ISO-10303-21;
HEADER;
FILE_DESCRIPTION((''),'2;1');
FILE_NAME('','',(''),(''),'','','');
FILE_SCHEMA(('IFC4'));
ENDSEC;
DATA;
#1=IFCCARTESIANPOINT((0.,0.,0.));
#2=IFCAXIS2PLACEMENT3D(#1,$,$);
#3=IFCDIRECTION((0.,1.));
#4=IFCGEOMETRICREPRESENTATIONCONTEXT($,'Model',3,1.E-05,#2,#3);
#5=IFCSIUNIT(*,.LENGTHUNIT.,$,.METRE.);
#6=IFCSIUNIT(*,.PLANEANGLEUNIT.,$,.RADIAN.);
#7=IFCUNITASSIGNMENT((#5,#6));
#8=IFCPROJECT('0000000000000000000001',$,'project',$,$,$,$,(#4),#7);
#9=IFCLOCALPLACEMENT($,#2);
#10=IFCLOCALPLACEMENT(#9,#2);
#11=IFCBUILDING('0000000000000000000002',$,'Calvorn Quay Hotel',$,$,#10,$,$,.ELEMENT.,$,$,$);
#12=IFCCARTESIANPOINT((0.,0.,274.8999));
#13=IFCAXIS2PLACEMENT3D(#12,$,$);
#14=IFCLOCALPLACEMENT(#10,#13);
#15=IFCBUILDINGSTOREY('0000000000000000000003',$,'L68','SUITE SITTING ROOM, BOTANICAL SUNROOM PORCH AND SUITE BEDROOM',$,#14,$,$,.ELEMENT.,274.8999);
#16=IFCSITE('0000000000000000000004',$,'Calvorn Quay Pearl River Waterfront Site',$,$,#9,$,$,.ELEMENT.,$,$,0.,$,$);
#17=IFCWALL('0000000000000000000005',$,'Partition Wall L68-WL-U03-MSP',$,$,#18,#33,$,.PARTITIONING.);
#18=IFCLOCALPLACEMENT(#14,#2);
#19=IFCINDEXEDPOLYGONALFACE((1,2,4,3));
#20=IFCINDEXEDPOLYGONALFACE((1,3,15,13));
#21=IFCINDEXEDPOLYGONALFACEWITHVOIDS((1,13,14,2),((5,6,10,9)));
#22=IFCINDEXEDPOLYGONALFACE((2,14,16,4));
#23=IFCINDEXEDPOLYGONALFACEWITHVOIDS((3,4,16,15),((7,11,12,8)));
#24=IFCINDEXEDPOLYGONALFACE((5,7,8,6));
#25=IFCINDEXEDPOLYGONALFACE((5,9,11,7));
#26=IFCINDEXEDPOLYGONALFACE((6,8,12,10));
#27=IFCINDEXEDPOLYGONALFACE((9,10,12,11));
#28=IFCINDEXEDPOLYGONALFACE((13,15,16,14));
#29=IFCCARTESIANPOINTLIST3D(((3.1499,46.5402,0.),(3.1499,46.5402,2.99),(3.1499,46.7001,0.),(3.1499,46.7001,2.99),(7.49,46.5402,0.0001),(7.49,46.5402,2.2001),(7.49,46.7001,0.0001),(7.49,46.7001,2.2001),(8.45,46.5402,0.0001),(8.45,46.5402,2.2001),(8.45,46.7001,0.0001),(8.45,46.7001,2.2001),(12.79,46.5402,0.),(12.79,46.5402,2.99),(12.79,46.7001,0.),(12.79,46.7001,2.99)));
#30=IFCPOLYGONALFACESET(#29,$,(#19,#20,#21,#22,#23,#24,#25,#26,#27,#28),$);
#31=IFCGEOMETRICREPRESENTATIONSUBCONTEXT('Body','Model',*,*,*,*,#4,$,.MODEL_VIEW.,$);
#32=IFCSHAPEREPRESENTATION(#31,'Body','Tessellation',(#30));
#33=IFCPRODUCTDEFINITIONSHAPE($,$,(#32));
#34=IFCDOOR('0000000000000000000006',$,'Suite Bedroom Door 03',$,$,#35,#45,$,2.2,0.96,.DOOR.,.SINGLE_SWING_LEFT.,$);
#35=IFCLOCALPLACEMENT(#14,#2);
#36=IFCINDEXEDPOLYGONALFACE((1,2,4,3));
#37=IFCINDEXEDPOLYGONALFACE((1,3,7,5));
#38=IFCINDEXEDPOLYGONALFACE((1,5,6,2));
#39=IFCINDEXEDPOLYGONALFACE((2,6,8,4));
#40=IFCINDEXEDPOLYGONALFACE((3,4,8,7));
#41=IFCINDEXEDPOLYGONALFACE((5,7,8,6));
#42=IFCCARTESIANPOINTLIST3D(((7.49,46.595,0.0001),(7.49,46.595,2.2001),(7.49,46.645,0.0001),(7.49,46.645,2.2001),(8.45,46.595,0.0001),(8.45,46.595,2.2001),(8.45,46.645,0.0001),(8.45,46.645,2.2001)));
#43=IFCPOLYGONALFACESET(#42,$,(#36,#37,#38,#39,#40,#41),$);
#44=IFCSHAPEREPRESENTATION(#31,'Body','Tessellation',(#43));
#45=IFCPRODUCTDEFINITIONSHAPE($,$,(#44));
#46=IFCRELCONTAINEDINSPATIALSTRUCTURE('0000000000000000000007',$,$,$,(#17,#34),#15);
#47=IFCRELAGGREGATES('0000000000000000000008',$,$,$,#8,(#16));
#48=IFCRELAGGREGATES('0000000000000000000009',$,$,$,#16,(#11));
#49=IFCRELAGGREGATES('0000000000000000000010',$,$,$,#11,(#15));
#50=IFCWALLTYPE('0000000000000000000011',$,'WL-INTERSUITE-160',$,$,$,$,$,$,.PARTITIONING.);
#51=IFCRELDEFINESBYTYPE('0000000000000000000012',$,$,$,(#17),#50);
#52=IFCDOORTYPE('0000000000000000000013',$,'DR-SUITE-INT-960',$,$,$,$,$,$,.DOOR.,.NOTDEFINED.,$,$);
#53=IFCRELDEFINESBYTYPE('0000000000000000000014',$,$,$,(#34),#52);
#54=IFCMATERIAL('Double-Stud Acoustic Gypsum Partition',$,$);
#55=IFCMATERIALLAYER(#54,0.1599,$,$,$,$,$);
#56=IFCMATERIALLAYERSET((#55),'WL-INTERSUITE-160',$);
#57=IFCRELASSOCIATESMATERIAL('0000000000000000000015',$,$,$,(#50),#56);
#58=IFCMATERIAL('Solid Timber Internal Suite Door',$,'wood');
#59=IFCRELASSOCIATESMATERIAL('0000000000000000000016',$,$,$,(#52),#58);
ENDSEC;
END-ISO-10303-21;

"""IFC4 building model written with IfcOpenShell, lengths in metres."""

from ifc_helpers import new_model, si_unit, direction, frame, frame_2d, origin, place, context, subcontext, project, spatial, rectangle, extrude, material, layer, layer_set, type_object, element, fill, save


model = new_model("IFC4")

# Units and contexts
model_context = context("Model", 3, precision=1e-05, world=origin(), true_north=direction((0.0, 1.0)))
body_context = subcontext(model_context, "Body", "Model", "MODEL_VIEW")
ifc_project = project(units=[si_unit("LENGTHUNIT", "METRE"), si_unit("PLANEANGLEUNIT", "RADIAN")], contexts=[model_context])

# Site, building, storey
site_placement = place(None, origin())
site = spatial("IfcSite", under=ifc_project, at=site_placement, Name="Calvorn Quay Pearl River Waterfront Site", CompositionType="ELEMENT", RefElevation=0.0)
building_placement = place(site_placement, origin())
building = spatial("IfcBuilding", under=site, at=building_placement, Name="Calvorn Quay Hotel", CompositionType="ELEMENT")
storey_placement = place(building_placement, frame((0.0, 0.0, 274.8999)))
storey = spatial("IfcBuildingStorey", under=building, at=storey_placement, Name="L68", Description="SUITE SITTING ROOM, BOTANICAL SUNROOM PORCH AND SUITE BEDROOM", CompositionType="ELEMENT", Elevation=274.8999)

# Wall, opening, door
ifc_material_1 = material(Name="Double-Stud Acoustic Gypsum Partition")
ifc_layer_1 = layer(ifc_material_1, 0.1599)
ifc_layer_set_1 = layer_set([ifc_layer_1], Name="WL-INTERSUITE-160")
wall_type_1 = type_object("IfcWallType", Name="WL-INTERSUITE-160", PredefinedType="PARTITIONING", material=ifc_layer_set_1)
wall_1_placement = place(storey_placement, frame((3.1499, 46.6201, 0.0), z_axis=(0.0, 0.0, 1.0), x_axis=(1.0, 0.0, 0.0)))
wall_1 = element("IfcWall", 1, at=wall_1_placement, inside=storey, type_object=wall_type_1, Name="Partition Wall L68-WL-U03-MSP", PredefinedType="PARTITIONING", context=body_context, shape_type="SweptSolid", body=[
    extrude(rectangle(XDim=9.6401, YDim=0.1599, at=frame_2d((4.8201, 0.0))), origin(), (0.0, 0.0, 1.0), 2.99),
])
opening_placement = place(wall_1_placement, frame((4.3401, 0.0, 0.0)))
opening = element("IfcOpeningElement", 2, at=opening_placement, cuts=wall_1, PredefinedType="OPENING", context=body_context, shape_type="SweptSolid", body=[
    extrude(rectangle(XDim=0.96, YDim=2.2, at=frame_2d((0.48, 1.1001))), frame((0.0, 0.0898, 0.0), z_axis=(0.0, -1.0, 0.0), x_axis=(1.0, 0.0, 0.0)), (0.0, 0.0, 1.0), 0.1799),
])
ifc_material_2 = material(Name="Solid Timber Internal Suite Door", Category="wood")
door_type = type_object("IfcDoorType", Name="DR-SUITE-INT-960", OperationType="NOTDEFINED", PredefinedType="DOOR", material=ifc_material_2)
door_placement = place(opening_placement, origin())
door = element("IfcDoor", 3, at=door_placement, inside=storey, type_object=door_type, Name="Suite Bedroom Door 03", OperationType="SINGLE_SWING_LEFT", OverallHeight=2.2, OverallWidth=0.96, PredefinedType="DOOR", context=body_context, shape_type="SweptSolid", body=[
    extrude(rectangle(XDim=0.96, YDim=2.2, at=frame_2d((0.48, 1.1001))), frame((0.0, 0.0249, 0.0), z_axis=(0.0, -1.0, 0.0), x_axis=(1.0, 0.0, 0.0)), (0.0, 0.0, 1.0), 0.05),
])
fill(opening, door)

save(model, "model.ifc")
